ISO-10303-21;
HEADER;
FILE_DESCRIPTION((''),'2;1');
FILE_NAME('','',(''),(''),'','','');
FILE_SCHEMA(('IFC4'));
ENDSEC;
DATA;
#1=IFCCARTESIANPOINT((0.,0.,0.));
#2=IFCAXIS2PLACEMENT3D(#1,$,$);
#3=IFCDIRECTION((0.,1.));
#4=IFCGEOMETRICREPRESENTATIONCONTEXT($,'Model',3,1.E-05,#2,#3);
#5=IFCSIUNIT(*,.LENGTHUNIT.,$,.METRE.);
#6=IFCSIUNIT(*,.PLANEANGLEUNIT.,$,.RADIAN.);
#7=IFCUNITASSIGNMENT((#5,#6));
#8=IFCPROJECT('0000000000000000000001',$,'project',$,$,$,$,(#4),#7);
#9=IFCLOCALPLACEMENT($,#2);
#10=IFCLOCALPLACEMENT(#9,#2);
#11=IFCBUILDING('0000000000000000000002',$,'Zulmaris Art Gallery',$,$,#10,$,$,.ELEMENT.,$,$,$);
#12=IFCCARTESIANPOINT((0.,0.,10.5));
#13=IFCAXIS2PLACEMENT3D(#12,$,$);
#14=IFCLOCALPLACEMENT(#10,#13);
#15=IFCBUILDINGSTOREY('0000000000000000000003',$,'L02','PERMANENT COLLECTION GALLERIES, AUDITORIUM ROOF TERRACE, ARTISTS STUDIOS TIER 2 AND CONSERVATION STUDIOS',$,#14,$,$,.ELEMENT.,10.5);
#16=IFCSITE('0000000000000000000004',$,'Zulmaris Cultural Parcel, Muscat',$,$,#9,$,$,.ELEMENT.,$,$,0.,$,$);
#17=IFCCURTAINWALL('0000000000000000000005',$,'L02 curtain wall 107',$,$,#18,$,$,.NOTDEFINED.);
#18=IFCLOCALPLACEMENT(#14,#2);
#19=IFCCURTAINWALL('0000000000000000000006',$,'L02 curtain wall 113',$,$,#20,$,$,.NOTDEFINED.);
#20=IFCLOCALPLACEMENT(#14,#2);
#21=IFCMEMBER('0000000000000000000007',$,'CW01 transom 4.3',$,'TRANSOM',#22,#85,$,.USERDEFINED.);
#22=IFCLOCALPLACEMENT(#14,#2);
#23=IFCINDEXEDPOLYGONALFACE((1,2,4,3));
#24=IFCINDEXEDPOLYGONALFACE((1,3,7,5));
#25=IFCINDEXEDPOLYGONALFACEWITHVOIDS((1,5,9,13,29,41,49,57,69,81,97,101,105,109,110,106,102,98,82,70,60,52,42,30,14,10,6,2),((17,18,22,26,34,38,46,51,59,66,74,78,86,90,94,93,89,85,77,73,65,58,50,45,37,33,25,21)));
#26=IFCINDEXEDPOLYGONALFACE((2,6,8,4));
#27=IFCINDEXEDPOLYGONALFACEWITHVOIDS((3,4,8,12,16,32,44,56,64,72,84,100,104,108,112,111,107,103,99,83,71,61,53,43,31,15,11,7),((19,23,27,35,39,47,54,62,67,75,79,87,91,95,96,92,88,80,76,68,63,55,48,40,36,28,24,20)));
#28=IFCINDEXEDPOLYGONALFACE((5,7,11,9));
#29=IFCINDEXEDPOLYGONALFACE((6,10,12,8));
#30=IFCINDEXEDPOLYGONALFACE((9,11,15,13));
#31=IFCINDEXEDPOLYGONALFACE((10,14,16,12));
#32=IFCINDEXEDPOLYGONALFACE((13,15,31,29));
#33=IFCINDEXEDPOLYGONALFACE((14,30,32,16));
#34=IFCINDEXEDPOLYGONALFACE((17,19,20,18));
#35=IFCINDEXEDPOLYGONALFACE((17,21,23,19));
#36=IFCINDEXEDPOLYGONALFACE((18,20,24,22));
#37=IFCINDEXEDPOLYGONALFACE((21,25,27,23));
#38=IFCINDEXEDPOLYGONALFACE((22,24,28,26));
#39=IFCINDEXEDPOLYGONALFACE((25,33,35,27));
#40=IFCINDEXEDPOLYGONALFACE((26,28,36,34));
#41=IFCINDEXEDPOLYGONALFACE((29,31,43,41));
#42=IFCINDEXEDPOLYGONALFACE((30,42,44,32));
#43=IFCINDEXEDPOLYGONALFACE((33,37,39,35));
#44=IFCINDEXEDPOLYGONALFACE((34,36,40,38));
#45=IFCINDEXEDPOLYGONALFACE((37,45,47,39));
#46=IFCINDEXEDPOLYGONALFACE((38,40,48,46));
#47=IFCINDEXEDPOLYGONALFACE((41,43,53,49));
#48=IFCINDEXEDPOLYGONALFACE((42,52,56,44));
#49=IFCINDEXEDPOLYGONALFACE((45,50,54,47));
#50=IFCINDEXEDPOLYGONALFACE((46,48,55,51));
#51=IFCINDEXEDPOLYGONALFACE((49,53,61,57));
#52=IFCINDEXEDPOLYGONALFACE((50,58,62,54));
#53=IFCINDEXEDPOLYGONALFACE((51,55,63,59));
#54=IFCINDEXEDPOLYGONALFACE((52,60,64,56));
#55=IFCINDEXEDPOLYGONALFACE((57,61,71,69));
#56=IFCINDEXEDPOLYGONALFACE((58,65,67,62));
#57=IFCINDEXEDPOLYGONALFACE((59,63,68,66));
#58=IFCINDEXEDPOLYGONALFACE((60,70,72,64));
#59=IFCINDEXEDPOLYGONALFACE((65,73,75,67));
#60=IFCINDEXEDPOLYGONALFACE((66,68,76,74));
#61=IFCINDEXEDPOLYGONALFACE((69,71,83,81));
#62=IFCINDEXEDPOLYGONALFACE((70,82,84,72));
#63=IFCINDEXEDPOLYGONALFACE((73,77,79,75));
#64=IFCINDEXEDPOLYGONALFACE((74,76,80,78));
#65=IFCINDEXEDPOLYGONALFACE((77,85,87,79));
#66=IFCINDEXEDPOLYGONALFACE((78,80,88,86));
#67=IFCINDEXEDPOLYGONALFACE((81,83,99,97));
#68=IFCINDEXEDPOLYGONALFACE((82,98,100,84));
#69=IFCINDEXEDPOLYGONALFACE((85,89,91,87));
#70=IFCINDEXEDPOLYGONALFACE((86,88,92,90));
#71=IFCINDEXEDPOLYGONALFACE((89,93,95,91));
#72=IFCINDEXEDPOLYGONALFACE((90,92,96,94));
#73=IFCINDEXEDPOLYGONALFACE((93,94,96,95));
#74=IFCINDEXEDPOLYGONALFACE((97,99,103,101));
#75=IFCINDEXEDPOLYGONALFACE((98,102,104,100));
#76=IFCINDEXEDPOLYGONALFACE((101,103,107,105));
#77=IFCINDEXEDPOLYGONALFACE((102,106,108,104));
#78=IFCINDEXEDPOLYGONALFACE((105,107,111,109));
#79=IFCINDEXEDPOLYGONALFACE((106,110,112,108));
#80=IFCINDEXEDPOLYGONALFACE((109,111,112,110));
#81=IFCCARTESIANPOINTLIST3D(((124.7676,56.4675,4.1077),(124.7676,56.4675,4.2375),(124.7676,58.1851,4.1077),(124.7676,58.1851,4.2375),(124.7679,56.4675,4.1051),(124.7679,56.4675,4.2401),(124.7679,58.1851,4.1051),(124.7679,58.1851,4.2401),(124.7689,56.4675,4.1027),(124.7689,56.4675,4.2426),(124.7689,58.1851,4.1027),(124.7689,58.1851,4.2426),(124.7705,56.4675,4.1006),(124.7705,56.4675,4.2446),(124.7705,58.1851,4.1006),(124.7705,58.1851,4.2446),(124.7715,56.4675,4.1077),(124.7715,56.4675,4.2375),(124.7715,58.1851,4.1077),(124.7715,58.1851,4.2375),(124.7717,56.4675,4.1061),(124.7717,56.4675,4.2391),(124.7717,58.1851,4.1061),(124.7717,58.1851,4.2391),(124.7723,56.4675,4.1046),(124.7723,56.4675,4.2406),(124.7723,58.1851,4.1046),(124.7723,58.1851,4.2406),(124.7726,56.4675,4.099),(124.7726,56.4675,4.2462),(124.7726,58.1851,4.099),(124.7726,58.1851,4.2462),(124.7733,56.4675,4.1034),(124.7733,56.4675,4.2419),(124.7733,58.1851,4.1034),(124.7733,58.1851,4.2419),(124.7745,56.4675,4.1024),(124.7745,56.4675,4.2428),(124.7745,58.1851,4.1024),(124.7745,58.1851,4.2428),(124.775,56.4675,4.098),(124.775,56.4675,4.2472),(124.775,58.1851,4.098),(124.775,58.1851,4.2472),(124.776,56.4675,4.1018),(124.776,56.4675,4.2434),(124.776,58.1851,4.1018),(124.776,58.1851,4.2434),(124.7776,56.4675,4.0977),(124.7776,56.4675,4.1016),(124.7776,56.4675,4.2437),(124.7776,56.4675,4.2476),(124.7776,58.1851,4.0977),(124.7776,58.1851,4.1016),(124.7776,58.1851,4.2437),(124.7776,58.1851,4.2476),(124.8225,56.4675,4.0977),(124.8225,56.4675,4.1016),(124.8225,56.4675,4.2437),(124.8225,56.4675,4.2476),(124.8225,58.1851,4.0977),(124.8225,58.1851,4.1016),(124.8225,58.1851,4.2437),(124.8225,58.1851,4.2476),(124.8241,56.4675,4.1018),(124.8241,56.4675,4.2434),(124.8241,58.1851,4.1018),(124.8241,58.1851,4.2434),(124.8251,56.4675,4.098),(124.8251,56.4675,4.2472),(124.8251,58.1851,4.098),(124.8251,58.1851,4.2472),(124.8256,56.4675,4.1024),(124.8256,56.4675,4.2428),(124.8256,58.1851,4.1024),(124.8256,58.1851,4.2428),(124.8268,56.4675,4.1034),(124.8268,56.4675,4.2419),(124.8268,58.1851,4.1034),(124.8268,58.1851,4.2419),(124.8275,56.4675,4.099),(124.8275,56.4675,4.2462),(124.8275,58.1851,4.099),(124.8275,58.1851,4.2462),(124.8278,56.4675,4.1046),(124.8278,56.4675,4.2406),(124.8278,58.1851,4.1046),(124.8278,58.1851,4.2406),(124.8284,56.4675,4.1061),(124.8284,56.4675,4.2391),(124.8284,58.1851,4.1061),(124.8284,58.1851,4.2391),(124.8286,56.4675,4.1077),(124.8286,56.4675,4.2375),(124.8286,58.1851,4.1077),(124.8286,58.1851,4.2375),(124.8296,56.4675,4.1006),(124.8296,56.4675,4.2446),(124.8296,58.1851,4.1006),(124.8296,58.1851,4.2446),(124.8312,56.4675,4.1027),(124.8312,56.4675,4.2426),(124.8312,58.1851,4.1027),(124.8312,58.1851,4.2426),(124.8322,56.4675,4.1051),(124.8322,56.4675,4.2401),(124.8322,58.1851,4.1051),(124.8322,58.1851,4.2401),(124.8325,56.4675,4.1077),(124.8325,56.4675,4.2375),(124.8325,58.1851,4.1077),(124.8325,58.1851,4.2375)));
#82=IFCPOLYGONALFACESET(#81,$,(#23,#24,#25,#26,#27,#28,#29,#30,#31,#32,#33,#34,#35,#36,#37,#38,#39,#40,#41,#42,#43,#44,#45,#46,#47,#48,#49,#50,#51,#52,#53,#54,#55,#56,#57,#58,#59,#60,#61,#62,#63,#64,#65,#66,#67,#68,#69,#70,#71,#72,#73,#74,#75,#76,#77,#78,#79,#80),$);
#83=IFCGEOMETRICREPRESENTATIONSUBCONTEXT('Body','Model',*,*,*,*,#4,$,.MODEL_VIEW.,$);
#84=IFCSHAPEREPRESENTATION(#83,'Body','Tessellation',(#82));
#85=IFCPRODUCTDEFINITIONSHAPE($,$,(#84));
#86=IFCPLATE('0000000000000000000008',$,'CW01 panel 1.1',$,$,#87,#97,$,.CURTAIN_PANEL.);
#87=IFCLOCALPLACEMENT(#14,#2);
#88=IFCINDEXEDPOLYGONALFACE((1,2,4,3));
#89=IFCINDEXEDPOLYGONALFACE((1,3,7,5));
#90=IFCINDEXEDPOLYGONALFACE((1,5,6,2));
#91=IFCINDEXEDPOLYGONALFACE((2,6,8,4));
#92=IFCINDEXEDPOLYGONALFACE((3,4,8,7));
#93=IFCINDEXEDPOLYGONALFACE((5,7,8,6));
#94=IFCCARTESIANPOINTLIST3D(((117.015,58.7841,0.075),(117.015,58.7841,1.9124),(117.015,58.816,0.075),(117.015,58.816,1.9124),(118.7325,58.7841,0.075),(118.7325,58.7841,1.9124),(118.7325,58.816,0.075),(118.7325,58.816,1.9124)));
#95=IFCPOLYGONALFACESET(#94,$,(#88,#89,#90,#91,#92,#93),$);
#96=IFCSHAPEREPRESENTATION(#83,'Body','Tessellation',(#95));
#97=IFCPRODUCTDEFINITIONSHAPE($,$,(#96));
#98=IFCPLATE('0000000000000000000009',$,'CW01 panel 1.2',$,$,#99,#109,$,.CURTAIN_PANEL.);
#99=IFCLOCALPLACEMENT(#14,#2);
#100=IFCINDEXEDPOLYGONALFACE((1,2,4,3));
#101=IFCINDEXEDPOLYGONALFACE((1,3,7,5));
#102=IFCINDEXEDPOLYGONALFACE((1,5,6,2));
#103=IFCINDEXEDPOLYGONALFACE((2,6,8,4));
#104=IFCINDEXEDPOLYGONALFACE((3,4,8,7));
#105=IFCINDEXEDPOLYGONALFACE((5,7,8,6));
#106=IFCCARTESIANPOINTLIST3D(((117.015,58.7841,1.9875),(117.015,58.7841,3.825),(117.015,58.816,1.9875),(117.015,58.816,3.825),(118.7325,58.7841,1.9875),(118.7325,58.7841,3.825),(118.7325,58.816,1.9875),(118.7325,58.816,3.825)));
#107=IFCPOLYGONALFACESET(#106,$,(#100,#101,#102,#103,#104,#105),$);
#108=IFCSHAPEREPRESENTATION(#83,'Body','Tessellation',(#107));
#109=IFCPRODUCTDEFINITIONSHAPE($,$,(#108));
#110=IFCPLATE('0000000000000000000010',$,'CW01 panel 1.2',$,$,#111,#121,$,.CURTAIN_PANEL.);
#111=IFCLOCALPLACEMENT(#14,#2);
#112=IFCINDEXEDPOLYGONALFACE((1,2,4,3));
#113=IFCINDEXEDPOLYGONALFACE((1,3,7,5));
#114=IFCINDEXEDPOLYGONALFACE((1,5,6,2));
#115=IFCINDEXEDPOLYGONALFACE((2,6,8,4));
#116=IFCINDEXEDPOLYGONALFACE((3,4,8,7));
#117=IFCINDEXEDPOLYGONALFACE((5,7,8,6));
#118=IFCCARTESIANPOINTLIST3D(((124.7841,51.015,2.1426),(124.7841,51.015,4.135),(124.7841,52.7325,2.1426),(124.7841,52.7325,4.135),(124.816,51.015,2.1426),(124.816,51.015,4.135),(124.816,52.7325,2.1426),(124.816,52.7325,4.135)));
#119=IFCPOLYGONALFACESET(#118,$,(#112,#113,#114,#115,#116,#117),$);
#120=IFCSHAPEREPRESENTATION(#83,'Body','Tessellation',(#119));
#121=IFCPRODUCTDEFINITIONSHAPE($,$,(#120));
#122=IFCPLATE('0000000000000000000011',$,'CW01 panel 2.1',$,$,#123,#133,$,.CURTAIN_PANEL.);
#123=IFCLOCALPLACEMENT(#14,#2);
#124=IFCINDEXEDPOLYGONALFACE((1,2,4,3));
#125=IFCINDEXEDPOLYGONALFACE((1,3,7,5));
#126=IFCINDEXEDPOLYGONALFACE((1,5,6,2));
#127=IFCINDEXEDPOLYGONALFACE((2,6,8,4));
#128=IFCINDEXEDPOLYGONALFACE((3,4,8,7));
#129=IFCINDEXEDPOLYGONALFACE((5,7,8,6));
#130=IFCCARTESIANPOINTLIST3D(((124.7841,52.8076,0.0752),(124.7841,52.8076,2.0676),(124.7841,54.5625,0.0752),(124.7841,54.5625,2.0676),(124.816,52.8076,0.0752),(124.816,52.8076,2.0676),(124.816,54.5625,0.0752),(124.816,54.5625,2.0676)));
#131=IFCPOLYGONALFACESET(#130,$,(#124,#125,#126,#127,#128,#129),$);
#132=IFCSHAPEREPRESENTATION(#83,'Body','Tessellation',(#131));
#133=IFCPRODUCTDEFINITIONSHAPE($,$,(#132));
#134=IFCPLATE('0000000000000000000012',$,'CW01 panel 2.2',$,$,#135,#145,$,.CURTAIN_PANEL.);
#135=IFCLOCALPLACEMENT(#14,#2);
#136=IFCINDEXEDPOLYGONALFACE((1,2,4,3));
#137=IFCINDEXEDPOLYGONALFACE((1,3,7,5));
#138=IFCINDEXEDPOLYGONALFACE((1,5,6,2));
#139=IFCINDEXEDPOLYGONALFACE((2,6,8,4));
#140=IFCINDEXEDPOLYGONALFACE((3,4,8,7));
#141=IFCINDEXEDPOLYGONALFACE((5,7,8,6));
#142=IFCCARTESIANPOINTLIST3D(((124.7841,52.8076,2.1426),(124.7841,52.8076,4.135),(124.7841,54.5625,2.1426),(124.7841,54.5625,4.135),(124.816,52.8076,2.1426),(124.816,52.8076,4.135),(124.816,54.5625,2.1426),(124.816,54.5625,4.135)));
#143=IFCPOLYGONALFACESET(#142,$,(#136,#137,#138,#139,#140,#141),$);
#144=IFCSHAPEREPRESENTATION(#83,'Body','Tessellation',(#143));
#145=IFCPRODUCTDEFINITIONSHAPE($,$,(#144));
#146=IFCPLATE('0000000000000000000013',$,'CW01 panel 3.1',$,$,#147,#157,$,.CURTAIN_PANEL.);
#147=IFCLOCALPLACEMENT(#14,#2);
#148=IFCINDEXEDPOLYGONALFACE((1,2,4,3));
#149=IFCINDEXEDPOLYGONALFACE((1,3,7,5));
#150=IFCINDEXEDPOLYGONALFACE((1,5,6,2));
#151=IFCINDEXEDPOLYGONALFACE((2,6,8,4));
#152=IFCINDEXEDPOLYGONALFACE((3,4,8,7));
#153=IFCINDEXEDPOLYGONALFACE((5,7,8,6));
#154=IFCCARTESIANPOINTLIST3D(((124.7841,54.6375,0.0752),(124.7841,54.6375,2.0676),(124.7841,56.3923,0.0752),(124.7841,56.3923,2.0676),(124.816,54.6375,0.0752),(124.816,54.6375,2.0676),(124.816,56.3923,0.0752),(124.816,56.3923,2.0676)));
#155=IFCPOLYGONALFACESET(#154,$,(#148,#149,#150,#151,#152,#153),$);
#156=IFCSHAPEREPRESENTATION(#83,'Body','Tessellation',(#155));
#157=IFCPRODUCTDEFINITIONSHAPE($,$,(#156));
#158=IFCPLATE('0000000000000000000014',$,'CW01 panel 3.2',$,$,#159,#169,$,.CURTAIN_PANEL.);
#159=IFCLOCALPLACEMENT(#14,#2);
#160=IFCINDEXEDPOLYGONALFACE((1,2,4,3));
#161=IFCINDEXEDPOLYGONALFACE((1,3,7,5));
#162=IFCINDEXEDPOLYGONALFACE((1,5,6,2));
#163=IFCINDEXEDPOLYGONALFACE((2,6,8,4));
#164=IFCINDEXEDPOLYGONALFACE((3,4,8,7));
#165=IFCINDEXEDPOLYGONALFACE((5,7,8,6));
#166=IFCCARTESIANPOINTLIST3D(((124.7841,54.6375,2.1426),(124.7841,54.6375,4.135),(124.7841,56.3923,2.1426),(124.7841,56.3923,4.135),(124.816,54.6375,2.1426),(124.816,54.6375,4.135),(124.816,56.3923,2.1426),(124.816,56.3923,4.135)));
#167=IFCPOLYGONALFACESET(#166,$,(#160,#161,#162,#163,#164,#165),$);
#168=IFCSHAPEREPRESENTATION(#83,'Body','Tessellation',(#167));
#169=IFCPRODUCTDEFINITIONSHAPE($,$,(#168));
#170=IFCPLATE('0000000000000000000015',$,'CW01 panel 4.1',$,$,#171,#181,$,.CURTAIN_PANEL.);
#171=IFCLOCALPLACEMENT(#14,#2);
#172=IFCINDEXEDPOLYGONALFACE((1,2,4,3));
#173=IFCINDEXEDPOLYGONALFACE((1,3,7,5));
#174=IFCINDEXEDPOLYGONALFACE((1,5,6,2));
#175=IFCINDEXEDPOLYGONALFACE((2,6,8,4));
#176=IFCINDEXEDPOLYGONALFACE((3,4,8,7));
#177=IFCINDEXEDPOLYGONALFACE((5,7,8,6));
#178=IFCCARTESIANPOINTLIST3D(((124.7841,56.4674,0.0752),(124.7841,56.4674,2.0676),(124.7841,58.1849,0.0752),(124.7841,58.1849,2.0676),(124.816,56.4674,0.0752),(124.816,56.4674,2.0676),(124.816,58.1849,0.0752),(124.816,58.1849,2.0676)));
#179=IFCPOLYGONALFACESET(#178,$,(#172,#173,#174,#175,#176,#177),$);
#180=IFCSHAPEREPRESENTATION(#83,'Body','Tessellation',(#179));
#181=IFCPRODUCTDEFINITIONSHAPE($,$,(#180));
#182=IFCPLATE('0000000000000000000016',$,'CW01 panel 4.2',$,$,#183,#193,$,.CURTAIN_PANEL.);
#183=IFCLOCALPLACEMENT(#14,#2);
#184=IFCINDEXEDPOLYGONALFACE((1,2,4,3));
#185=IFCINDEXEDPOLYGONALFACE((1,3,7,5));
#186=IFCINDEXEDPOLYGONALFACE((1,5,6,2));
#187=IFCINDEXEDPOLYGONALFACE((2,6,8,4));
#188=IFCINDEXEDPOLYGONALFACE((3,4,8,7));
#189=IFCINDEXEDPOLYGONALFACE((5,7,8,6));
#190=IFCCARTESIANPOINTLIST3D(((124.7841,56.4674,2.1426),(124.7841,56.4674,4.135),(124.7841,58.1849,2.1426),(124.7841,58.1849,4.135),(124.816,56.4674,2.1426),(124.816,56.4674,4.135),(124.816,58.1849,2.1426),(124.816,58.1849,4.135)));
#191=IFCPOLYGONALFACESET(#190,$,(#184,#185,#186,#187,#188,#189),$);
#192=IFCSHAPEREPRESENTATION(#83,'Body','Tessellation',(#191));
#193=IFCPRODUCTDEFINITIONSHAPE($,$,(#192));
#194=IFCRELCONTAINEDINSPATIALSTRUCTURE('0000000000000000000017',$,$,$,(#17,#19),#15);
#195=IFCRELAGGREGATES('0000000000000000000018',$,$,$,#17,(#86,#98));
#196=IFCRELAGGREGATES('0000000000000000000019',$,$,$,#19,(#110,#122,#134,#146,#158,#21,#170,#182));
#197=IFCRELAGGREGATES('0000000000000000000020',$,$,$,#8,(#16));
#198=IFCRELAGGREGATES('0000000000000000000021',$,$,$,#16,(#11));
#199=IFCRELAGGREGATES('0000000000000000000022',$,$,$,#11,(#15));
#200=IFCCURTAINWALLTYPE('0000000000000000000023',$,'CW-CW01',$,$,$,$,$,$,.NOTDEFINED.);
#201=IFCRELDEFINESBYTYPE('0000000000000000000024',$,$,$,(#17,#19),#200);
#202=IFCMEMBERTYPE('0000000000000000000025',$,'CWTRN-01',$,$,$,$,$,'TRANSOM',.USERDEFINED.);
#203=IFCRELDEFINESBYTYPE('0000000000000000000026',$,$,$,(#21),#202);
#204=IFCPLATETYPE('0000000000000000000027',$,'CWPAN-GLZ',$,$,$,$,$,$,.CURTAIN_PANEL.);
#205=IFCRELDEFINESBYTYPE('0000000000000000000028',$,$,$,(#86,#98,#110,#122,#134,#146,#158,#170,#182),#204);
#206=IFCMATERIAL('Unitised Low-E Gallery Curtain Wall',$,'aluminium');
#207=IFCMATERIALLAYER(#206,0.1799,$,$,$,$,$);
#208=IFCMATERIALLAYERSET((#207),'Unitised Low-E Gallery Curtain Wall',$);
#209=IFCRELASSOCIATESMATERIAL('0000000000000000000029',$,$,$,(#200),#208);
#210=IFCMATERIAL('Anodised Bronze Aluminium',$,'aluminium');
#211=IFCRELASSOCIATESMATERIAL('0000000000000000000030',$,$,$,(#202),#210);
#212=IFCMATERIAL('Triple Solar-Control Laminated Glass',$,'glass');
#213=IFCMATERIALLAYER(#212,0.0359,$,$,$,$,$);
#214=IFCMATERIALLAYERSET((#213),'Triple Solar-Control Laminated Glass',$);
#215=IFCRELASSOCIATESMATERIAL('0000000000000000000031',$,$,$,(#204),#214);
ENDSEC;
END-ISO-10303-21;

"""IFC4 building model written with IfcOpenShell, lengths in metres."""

from ifc_helpers import new_model, si_unit, direction, frame, origin, origin_2d, place, context, subcontext, project, spatial, rectangle, hollow_rectangle, extrude, material, layer, layer_set, material_profile, profile_set, type_object, element, aggregate, save


model = new_model("IFC4")

# Units and contexts
model_context = context("Model", 3, precision=1e-05, world=origin(), true_north=direction((0.0, 1.0)))
body_context = subcontext(model_context, "Body", "Model", "MODEL_VIEW")
ifc_project = project(units=[si_unit("LENGTHUNIT", "METRE"), si_unit("PLANEANGLEUNIT", "RADIAN")], contexts=[model_context])

# Site, building, storey
site_placement = place(None, origin())
site = spatial("IfcSite", under=ifc_project, at=site_placement, Name="Zulmaris Cultural Parcel, Muscat", CompositionType="ELEMENT", RefElevation=0.0)
building_placement = place(site_placement, origin())
building = spatial("IfcBuilding", under=site, at=building_placement, Name="Zulmaris Art Gallery", CompositionType="ELEMENT")
storey_placement = place(building_placement, frame((0.0, 0.0, 10.5)))
storey = spatial("IfcBuildingStorey", under=building, at=storey_placement, Name="L02", Description="PERMANENT COLLECTION GALLERIES, AUDITORIUM ROOF TERRACE, ARTISTS STUDIOS TIER 2 AND CONSERVATION STUDIOS", CompositionType="ELEMENT", Elevation=10.5)

# Curtain walls
ifc_material_1 = material(Name="Unitised Low-E Gallery Curtain Wall", Category="aluminium")
ifc_layer_1 = layer(ifc_material_1, 0.1799)
ifc_layer_set_1 = layer_set([ifc_layer_1], Name="Unitised Low-E Gallery Curtain Wall")
curtain_wall_type = type_object("IfcCurtainWallType", Name="CW-CW01", PredefinedType="NOTDEFINED", material=ifc_layer_set_1)
curtain_wall_1_placement = place(storey_placement, origin())
curtain_wall_1 = element("IfcCurtainWall", 1, at=curtain_wall_1_placement, inside=storey, type_object=curtain_wall_type, Name="L02 curtain wall 107", PredefinedType="NOTDEFINED")
ifc_material_2 = material(Name="Anodised Bronze Aluminium", Category="aluminium")
curtain_wall_2_placement = place(storey_placement, origin())
curtain_wall_2 = element("IfcCurtainWall", 2, at=curtain_wall_2_placement, inside=storey, type_object=curtain_wall_type, Name="L02 curtain wall 113", PredefinedType="NOTDEFINED")

# Member
ifc_material_profile_1 = material_profile(ifc_material_2, hollow_rectangle(XDim=0.0649, YDim=0.1499, WallThickness=0.0039, InnerFilletRadius=0.0061, OuterFilletRadius=0.01, at=origin_2d()), Name="ALU 65x150x4")
ifc_profile_set_1 = profile_set([ifc_material_profile_1], Name="Anodised Bronze Aluminium")
member_type_1 = type_object("IfcMemberType", Name="CWTRN-01", ElementType="TRANSOM", PredefinedType="USERDEFINED", material=ifc_profile_set_1)
member_1_placement = place(storey_placement, frame((124.8, 56.4675, 4.1726), z_axis=(0.0, 1.0, 0.0), x_axis=(-1.0, 0.0, 0.0)))
member_1 = element("IfcMember", 3, at=member_1_placement, type_object=member_type_1, Name="CW01 transom 4.3", ObjectType="TRANSOM", PredefinedType="USERDEFINED", context=body_context, shape_type="SweptSolid", body=[
    extrude(hollow_rectangle(XDim=0.0649, YDim=0.1499, WallThickness=0.0039, InnerFilletRadius=0.0061, OuterFilletRadius=0.01, at=origin_2d()), origin(), (0.0, 0.0, 1.0), 1.7175),
])

# Plates
ifc_material_3 = material(Name="Triple Solar-Control Laminated Glass", Category="glass")
ifc_layer_2 = layer(ifc_material_3, 0.0359)
ifc_layer_set_2 = layer_set([ifc_layer_2], Name="Triple Solar-Control Laminated Glass")
plate_type = type_object("IfcPlateType", Name="CWPAN-GLZ", PredefinedType="CURTAIN_PANEL", material=ifc_layer_set_2)
plate_1_placement = place(storey_placement, frame((117.8738, 58.8, 0.075), z_axis=(0.0, 0.0, 1.0), x_axis=(1.0, 0.0, 0.0)))
plate_1 = element("IfcPlate", 4, at=plate_1_placement, type_object=plate_type, Name="CW01 panel 1.1", PredefinedType="CURTAIN_PANEL", context=body_context, shape_type="SweptSolid", body=[
    extrude(rectangle(XDim=1.7175, YDim=0.032, at=origin_2d()), origin(), (0.0, 0.0, 1.0), 1.8374),
])
plate_2_placement = place(storey_placement, frame((117.8738, 58.8, 1.9875), z_axis=(0.0, 0.0, 1.0), x_axis=(1.0, 0.0, 0.0)))
plate_2 = element("IfcPlate", 5, at=plate_2_placement, type_object=plate_type, Name="CW01 panel 1.2", PredefinedType="CURTAIN_PANEL", context=body_context, shape_type="SweptSolid", body=[
    extrude(rectangle(XDim=1.7175, YDim=0.032, at=origin_2d()), origin(), (0.0, 0.0, 1.0), 1.8374),
])
aggregate(curtain_wall_1, [plate_1, plate_2])
plate_3_placement = place(storey_placement, frame((124.8, 51.8738, 2.1426), z_axis=(0.0, 0.0, 1.0), x_axis=(0.0, 1.0, 0.0)))
plate_3 = element("IfcPlate", 6, at=plate_3_placement, type_object=plate_type, Name="CW01 panel 1.2", PredefinedType="CURTAIN_PANEL", context=body_context, shape_type="SweptSolid", body=[
    extrude(rectangle(XDim=1.7175, YDim=0.032, at=origin_2d()), origin(), (0.0, 0.0, 1.0), 1.9924),
])
plate_4_placement = place(storey_placement, frame((124.8, 53.6851, 0.0752), z_axis=(0.0, 0.0, 1.0), x_axis=(0.0, 1.0, 0.0)))
plate_4 = element("IfcPlate", 7, at=plate_4_placement, type_object=plate_type, Name="CW01 panel 2.1", PredefinedType="CURTAIN_PANEL", context=body_context, shape_type="SweptSolid", body=[
    extrude(rectangle(XDim=1.7549, YDim=0.032, at=origin_2d()), origin(), (0.0, 0.0, 1.0), 1.9924),
])
plate_5_placement = place(storey_placement, frame((124.8, 53.6851, 2.1426), z_axis=(0.0, 0.0, 1.0), x_axis=(0.0, 1.0, 0.0)))
plate_5 = element("IfcPlate", 8, at=plate_5_placement, type_object=plate_type, Name="CW01 panel 2.2", PredefinedType="CURTAIN_PANEL", context=body_context, shape_type="SweptSolid", body=[
    extrude(rectangle(XDim=1.7549, YDim=0.032, at=origin_2d()), origin(), (0.0, 0.0, 1.0), 1.9924),
])
plate_6_placement = place(storey_placement, frame((124.8, 55.5149, 0.0752), z_axis=(0.0, 0.0, 1.0), x_axis=(0.0, 1.0, 0.0)))
plate_6 = element("IfcPlate", 9, at=plate_6_placement, type_object=plate_type, Name="CW01 panel 3.1", PredefinedType="CURTAIN_PANEL", context=body_context, shape_type="SweptSolid", body=[
    extrude(rectangle(XDim=1.7549, YDim=0.032, at=origin_2d()), origin(), (0.0, 0.0, 1.0), 1.9924),
])
plate_7_placement = place(storey_placement, frame((124.8, 55.5149, 2.1426), z_axis=(0.0, 0.0, 1.0), x_axis=(0.0, 1.0, 0.0)))
plate_7 = element("IfcPlate", 10, at=plate_7_placement, type_object=plate_type, Name="CW01 panel 3.2", PredefinedType="CURTAIN_PANEL", context=body_context, shape_type="SweptSolid", body=[
    extrude(rectangle(XDim=1.7549, YDim=0.032, at=origin_2d()), origin(), (0.0, 0.0, 1.0), 1.9924),
])
plate_8_placement = place(storey_placement, frame((124.8, 57.3262, 0.0752), z_axis=(0.0, 0.0, 1.0), x_axis=(0.0, 1.0, 0.0)))
plate_8 = element("IfcPlate", 11, at=plate_8_placement, type_object=plate_type, Name="CW01 panel 4.1", PredefinedType="CURTAIN_PANEL", context=body_context, shape_type="SweptSolid", body=[
    extrude(rectangle(XDim=1.7175, YDim=0.032, at=origin_2d()), origin(), (0.0, 0.0, 1.0), 1.9924),
])
plate_9_placement = place(storey_placement, frame((124.8, 57.3262, 2.1426), z_axis=(0.0, 0.0, 1.0), x_axis=(0.0, 1.0, 0.0)))
plate_9 = element("IfcPlate", 12, at=plate_9_placement, type_object=plate_type, Name="CW01 panel 4.2", PredefinedType="CURTAIN_PANEL", context=body_context, shape_type="SweptSolid", body=[
    extrude(rectangle(XDim=1.7175, YDim=0.032, at=origin_2d()), origin(), (0.0, 0.0, 1.0), 1.9924),
])
aggregate(curtain_wall_2, [plate_3, plate_4, plate_5, plate_6, plate_7, member_1, plate_8, plate_9])

save(model, "model.ifc")
